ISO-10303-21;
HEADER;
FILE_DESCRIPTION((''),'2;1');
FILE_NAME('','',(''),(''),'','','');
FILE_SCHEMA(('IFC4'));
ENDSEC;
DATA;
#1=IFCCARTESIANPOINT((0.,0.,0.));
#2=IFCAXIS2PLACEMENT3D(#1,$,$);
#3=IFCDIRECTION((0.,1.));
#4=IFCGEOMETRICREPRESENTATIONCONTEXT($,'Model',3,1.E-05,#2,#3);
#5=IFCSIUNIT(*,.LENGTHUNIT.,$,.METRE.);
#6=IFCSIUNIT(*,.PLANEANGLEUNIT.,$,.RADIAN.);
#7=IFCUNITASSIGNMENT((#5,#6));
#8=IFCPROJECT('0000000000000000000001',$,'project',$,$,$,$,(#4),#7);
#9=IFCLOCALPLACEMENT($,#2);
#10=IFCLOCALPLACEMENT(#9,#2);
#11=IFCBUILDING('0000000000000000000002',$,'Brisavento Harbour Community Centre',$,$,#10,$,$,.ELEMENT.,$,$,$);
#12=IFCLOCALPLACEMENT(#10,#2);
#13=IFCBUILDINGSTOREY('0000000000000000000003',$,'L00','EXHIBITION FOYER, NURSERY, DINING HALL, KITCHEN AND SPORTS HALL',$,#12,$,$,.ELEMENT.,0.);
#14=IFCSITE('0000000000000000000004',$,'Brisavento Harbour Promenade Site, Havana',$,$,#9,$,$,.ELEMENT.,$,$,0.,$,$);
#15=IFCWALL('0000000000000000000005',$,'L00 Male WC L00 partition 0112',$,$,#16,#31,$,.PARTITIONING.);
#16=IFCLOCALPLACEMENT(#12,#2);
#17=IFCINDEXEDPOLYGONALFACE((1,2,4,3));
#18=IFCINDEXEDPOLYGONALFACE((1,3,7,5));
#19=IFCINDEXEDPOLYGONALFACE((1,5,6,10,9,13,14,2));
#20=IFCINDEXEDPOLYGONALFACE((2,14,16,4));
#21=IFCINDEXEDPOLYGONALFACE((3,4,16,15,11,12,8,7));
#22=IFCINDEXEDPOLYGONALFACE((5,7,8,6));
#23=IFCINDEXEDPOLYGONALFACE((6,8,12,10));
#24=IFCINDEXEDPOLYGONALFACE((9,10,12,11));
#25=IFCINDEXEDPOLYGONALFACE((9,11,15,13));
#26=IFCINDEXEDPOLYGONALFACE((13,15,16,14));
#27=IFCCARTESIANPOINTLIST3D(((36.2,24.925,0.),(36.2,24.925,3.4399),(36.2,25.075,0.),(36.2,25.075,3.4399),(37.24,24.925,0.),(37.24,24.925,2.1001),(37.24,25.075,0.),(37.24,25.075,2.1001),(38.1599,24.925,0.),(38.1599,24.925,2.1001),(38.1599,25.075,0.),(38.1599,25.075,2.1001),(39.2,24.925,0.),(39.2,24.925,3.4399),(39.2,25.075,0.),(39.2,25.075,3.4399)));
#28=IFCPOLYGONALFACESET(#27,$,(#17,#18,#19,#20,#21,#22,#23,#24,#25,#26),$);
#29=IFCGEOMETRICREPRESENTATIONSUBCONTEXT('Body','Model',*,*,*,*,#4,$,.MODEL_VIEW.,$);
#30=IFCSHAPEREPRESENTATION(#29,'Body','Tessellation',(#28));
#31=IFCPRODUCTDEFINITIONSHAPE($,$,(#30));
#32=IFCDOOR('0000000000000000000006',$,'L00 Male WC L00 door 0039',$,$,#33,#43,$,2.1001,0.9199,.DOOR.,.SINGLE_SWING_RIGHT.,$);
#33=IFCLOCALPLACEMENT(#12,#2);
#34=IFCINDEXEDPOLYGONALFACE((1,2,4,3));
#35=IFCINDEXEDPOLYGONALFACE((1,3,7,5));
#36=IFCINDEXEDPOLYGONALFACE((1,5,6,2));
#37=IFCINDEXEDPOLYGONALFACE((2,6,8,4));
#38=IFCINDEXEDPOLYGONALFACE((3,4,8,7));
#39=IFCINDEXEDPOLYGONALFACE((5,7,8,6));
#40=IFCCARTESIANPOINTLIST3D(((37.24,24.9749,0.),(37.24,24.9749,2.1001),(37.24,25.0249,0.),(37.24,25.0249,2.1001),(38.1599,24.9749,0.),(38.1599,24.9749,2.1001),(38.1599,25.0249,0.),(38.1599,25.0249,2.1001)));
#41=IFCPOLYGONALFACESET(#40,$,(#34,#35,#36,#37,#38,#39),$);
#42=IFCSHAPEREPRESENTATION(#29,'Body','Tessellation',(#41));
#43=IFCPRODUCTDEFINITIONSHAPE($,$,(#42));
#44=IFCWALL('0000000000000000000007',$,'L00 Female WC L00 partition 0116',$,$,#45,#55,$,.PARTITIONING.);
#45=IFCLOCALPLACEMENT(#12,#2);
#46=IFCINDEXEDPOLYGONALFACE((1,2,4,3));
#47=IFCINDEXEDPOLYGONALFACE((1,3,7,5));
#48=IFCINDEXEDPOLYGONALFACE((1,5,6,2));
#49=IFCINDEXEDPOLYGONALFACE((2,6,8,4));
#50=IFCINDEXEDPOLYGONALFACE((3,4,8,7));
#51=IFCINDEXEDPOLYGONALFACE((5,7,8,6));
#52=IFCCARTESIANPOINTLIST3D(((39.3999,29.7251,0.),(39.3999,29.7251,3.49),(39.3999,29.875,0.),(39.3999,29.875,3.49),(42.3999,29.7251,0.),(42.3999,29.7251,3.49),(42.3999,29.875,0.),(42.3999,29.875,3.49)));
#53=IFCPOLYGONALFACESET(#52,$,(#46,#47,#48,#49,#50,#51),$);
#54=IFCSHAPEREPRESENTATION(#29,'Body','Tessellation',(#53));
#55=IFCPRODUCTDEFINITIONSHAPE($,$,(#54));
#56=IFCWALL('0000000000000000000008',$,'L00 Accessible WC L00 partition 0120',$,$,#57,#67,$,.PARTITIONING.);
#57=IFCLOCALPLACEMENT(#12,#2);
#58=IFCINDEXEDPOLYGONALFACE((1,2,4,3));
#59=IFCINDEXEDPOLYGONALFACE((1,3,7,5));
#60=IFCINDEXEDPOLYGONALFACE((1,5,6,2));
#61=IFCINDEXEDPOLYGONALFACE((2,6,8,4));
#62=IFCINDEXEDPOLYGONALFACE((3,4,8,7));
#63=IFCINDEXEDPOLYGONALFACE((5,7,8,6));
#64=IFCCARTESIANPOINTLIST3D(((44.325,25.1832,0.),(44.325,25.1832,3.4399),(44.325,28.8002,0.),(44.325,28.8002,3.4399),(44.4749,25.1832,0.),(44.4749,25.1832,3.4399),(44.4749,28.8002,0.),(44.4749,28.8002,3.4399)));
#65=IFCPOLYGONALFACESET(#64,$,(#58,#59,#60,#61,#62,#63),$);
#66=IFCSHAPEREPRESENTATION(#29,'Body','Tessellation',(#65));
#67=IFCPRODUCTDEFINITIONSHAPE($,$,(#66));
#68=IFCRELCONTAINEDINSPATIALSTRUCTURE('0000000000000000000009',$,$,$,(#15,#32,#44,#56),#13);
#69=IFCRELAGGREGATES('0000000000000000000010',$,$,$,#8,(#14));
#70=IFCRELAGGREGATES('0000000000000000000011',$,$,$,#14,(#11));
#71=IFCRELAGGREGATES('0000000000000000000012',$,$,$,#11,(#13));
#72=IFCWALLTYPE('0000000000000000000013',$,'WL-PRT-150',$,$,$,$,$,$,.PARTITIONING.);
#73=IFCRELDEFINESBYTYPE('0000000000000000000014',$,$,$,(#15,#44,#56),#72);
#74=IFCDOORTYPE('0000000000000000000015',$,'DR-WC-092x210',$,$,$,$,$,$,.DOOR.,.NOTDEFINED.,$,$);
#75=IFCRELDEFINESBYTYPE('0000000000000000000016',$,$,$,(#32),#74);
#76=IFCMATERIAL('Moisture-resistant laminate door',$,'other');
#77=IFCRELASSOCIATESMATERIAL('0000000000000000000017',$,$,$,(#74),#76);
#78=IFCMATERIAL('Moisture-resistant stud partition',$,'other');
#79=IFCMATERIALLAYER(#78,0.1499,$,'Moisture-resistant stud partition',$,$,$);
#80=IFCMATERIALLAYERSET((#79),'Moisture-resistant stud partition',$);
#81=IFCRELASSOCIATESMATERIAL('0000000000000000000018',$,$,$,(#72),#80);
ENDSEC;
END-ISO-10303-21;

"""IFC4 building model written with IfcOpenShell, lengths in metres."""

from ifc_helpers import new_model, si_unit, direction, frame, frame_2d, origin, place, context, subcontext, project, spatial, rectangle, extrude, material, layer, layer_set, type_object, element, fill, save


model = new_model("IFC4")

# Units and contexts
model_context = context("Model", 3, precision=1e-05, world=origin(), true_north=direction((0.0, 1.0)))
body_context = subcontext(model_context, "Body", "Model", "MODEL_VIEW")
ifc_project = project(units=[si_unit("LENGTHUNIT", "METRE"), si_unit("PLANEANGLEUNIT", "RADIAN")], contexts=[model_context])

# Site, building, storey
site_placement = place(None, origin())
site = spatial("IfcSite", under=ifc_project, at=site_placement, Name="Brisavento Harbour Promenade Site, Havana", CompositionType="ELEMENT", RefElevation=0.0)
building_placement = place(site_placement, origin())
building = spatial("IfcBuilding", under=site, at=building_placement, Name="Brisavento Harbour Community Centre", CompositionType="ELEMENT")
storey_placement = place(building_placement, origin())
storey = spatial("IfcBuildingStorey", under=building, at=storey_placement, Name="L00", Description="EXHIBITION FOYER, NURSERY, DINING HALL, KITCHEN AND SPORTS HALL", CompositionType="ELEMENT", Elevation=0.0)

# Shared definitions
ifc_material_1 = material(Name="Moisture-resistant laminate door", Category="other")

# Shared definitions
door_type_1 = type_object("IfcDoorType", Name="DR-WC-092x210", OperationType="NOTDEFINED", PredefinedType="DOOR", material=ifc_material_1)

# Wall, opening, door
ifc_material_2 = material(Name="Moisture-resistant stud partition", Category="other")
ifc_layer_1 = layer(ifc_material_2, 0.1499, Name="Moisture-resistant stud partition")
ifc_layer_set_1 = layer_set([ifc_layer_1], Name="Moisture-resistant stud partition")
wall_type_1 = type_object("IfcWallType", Name="WL-PRT-150", PredefinedType="PARTITIONING", material=ifc_layer_set_1)
wall_1_placement = place(storey_placement, frame((36.2, 25.0, 0.0), z_axis=(0.0, 0.0, 1.0), x_axis=(1.0, 0.0, 0.0)))
wall_1 = element("IfcWall", 1, at=wall_1_placement, inside=storey, type_object=wall_type_1, Name="L00 Male WC L00 partition 0112", PredefinedType="PARTITIONING", context=body_context, shape_type="SweptSolid", body=[
    extrude(rectangle(XDim=3.0, YDim=0.1499, at=frame_2d((1.5, 0.0))), origin(), (0.0, 0.0, 1.0), 3.4399),
])
opening_1_placement = place(wall_1_placement, frame((1.04, 0.0, 0.0)))
opening_1 = element("IfcOpeningElement", 2, at=opening_1_placement, cuts=wall_1, PredefinedType="OPENING", context=body_context, shape_type="SweptSolid", body=[
    extrude(rectangle(XDim=0.9199, YDim=2.1001, at=frame_2d((0.46, 1.05))), frame((0.0, 0.085, 0.0), z_axis=(0.0, -1.0, 0.0), x_axis=(1.0, 0.0, 0.0)), (0.0, 0.0, 1.0), 0.1699),
])
door_1_placement = place(opening_1_placement, origin())
door_1 = element("IfcDoor", 3, at=door_1_placement, inside=storey, type_object=door_type_1, Name="L00 Male WC L00 door 0039", OperationType="SINGLE_SWING_RIGHT", OverallHeight=2.1001, OverallWidth=0.9199, PredefinedType="DOOR", context=body_context, shape_type="SweptSolid", body=[
    extrude(rectangle(XDim=0.9199, YDim=2.1001, at=frame_2d((0.46, 1.05))), frame((0.0, 0.0249, 0.0), z_axis=(0.0, -1.0, 0.0), x_axis=(1.0, 0.0, 0.0)), (0.0, 0.0, 1.0), 0.05),
])
fill(opening_1, door_1)

# Walls
wall_2_placement = place(storey_placement, frame((42.3999, 29.8, 0.0), z_axis=(0.0, 0.0, 1.0), x_axis=(-1.0, 0.0, 0.0)))
element("IfcWall", 4, at=wall_2_placement, inside=storey, type_object=wall_type_1, Name="L00 Female WC L00 partition 0116", PredefinedType="PARTITIONING", context=body_context, shape_type="SweptSolid", body=[
    extrude(rectangle(XDim=3.0, YDim=0.1499, at=frame_2d((1.5, 0.0))), origin(), (0.0, 0.0, 1.0), 3.49),
])
wall_3_placement = place(storey_placement, frame((44.3999, 25.1831, 0.0), z_axis=(0.0, 0.0, 1.0), x_axis=(0.0, 1.0, 0.0)))
element("IfcWall", 5, at=wall_3_placement, inside=storey, type_object=wall_type_1, Name="L00 Accessible WC L00 partition 0120", PredefinedType="PARTITIONING", context=body_context, shape_type="SweptSolid", body=[
    extrude(rectangle(XDim=3.6169, YDim=0.1499, at=frame_2d((1.8086, 0.0))), origin(), (0.0, 0.0, 1.0), 3.4399),
])

save(model, "model.ifc")
